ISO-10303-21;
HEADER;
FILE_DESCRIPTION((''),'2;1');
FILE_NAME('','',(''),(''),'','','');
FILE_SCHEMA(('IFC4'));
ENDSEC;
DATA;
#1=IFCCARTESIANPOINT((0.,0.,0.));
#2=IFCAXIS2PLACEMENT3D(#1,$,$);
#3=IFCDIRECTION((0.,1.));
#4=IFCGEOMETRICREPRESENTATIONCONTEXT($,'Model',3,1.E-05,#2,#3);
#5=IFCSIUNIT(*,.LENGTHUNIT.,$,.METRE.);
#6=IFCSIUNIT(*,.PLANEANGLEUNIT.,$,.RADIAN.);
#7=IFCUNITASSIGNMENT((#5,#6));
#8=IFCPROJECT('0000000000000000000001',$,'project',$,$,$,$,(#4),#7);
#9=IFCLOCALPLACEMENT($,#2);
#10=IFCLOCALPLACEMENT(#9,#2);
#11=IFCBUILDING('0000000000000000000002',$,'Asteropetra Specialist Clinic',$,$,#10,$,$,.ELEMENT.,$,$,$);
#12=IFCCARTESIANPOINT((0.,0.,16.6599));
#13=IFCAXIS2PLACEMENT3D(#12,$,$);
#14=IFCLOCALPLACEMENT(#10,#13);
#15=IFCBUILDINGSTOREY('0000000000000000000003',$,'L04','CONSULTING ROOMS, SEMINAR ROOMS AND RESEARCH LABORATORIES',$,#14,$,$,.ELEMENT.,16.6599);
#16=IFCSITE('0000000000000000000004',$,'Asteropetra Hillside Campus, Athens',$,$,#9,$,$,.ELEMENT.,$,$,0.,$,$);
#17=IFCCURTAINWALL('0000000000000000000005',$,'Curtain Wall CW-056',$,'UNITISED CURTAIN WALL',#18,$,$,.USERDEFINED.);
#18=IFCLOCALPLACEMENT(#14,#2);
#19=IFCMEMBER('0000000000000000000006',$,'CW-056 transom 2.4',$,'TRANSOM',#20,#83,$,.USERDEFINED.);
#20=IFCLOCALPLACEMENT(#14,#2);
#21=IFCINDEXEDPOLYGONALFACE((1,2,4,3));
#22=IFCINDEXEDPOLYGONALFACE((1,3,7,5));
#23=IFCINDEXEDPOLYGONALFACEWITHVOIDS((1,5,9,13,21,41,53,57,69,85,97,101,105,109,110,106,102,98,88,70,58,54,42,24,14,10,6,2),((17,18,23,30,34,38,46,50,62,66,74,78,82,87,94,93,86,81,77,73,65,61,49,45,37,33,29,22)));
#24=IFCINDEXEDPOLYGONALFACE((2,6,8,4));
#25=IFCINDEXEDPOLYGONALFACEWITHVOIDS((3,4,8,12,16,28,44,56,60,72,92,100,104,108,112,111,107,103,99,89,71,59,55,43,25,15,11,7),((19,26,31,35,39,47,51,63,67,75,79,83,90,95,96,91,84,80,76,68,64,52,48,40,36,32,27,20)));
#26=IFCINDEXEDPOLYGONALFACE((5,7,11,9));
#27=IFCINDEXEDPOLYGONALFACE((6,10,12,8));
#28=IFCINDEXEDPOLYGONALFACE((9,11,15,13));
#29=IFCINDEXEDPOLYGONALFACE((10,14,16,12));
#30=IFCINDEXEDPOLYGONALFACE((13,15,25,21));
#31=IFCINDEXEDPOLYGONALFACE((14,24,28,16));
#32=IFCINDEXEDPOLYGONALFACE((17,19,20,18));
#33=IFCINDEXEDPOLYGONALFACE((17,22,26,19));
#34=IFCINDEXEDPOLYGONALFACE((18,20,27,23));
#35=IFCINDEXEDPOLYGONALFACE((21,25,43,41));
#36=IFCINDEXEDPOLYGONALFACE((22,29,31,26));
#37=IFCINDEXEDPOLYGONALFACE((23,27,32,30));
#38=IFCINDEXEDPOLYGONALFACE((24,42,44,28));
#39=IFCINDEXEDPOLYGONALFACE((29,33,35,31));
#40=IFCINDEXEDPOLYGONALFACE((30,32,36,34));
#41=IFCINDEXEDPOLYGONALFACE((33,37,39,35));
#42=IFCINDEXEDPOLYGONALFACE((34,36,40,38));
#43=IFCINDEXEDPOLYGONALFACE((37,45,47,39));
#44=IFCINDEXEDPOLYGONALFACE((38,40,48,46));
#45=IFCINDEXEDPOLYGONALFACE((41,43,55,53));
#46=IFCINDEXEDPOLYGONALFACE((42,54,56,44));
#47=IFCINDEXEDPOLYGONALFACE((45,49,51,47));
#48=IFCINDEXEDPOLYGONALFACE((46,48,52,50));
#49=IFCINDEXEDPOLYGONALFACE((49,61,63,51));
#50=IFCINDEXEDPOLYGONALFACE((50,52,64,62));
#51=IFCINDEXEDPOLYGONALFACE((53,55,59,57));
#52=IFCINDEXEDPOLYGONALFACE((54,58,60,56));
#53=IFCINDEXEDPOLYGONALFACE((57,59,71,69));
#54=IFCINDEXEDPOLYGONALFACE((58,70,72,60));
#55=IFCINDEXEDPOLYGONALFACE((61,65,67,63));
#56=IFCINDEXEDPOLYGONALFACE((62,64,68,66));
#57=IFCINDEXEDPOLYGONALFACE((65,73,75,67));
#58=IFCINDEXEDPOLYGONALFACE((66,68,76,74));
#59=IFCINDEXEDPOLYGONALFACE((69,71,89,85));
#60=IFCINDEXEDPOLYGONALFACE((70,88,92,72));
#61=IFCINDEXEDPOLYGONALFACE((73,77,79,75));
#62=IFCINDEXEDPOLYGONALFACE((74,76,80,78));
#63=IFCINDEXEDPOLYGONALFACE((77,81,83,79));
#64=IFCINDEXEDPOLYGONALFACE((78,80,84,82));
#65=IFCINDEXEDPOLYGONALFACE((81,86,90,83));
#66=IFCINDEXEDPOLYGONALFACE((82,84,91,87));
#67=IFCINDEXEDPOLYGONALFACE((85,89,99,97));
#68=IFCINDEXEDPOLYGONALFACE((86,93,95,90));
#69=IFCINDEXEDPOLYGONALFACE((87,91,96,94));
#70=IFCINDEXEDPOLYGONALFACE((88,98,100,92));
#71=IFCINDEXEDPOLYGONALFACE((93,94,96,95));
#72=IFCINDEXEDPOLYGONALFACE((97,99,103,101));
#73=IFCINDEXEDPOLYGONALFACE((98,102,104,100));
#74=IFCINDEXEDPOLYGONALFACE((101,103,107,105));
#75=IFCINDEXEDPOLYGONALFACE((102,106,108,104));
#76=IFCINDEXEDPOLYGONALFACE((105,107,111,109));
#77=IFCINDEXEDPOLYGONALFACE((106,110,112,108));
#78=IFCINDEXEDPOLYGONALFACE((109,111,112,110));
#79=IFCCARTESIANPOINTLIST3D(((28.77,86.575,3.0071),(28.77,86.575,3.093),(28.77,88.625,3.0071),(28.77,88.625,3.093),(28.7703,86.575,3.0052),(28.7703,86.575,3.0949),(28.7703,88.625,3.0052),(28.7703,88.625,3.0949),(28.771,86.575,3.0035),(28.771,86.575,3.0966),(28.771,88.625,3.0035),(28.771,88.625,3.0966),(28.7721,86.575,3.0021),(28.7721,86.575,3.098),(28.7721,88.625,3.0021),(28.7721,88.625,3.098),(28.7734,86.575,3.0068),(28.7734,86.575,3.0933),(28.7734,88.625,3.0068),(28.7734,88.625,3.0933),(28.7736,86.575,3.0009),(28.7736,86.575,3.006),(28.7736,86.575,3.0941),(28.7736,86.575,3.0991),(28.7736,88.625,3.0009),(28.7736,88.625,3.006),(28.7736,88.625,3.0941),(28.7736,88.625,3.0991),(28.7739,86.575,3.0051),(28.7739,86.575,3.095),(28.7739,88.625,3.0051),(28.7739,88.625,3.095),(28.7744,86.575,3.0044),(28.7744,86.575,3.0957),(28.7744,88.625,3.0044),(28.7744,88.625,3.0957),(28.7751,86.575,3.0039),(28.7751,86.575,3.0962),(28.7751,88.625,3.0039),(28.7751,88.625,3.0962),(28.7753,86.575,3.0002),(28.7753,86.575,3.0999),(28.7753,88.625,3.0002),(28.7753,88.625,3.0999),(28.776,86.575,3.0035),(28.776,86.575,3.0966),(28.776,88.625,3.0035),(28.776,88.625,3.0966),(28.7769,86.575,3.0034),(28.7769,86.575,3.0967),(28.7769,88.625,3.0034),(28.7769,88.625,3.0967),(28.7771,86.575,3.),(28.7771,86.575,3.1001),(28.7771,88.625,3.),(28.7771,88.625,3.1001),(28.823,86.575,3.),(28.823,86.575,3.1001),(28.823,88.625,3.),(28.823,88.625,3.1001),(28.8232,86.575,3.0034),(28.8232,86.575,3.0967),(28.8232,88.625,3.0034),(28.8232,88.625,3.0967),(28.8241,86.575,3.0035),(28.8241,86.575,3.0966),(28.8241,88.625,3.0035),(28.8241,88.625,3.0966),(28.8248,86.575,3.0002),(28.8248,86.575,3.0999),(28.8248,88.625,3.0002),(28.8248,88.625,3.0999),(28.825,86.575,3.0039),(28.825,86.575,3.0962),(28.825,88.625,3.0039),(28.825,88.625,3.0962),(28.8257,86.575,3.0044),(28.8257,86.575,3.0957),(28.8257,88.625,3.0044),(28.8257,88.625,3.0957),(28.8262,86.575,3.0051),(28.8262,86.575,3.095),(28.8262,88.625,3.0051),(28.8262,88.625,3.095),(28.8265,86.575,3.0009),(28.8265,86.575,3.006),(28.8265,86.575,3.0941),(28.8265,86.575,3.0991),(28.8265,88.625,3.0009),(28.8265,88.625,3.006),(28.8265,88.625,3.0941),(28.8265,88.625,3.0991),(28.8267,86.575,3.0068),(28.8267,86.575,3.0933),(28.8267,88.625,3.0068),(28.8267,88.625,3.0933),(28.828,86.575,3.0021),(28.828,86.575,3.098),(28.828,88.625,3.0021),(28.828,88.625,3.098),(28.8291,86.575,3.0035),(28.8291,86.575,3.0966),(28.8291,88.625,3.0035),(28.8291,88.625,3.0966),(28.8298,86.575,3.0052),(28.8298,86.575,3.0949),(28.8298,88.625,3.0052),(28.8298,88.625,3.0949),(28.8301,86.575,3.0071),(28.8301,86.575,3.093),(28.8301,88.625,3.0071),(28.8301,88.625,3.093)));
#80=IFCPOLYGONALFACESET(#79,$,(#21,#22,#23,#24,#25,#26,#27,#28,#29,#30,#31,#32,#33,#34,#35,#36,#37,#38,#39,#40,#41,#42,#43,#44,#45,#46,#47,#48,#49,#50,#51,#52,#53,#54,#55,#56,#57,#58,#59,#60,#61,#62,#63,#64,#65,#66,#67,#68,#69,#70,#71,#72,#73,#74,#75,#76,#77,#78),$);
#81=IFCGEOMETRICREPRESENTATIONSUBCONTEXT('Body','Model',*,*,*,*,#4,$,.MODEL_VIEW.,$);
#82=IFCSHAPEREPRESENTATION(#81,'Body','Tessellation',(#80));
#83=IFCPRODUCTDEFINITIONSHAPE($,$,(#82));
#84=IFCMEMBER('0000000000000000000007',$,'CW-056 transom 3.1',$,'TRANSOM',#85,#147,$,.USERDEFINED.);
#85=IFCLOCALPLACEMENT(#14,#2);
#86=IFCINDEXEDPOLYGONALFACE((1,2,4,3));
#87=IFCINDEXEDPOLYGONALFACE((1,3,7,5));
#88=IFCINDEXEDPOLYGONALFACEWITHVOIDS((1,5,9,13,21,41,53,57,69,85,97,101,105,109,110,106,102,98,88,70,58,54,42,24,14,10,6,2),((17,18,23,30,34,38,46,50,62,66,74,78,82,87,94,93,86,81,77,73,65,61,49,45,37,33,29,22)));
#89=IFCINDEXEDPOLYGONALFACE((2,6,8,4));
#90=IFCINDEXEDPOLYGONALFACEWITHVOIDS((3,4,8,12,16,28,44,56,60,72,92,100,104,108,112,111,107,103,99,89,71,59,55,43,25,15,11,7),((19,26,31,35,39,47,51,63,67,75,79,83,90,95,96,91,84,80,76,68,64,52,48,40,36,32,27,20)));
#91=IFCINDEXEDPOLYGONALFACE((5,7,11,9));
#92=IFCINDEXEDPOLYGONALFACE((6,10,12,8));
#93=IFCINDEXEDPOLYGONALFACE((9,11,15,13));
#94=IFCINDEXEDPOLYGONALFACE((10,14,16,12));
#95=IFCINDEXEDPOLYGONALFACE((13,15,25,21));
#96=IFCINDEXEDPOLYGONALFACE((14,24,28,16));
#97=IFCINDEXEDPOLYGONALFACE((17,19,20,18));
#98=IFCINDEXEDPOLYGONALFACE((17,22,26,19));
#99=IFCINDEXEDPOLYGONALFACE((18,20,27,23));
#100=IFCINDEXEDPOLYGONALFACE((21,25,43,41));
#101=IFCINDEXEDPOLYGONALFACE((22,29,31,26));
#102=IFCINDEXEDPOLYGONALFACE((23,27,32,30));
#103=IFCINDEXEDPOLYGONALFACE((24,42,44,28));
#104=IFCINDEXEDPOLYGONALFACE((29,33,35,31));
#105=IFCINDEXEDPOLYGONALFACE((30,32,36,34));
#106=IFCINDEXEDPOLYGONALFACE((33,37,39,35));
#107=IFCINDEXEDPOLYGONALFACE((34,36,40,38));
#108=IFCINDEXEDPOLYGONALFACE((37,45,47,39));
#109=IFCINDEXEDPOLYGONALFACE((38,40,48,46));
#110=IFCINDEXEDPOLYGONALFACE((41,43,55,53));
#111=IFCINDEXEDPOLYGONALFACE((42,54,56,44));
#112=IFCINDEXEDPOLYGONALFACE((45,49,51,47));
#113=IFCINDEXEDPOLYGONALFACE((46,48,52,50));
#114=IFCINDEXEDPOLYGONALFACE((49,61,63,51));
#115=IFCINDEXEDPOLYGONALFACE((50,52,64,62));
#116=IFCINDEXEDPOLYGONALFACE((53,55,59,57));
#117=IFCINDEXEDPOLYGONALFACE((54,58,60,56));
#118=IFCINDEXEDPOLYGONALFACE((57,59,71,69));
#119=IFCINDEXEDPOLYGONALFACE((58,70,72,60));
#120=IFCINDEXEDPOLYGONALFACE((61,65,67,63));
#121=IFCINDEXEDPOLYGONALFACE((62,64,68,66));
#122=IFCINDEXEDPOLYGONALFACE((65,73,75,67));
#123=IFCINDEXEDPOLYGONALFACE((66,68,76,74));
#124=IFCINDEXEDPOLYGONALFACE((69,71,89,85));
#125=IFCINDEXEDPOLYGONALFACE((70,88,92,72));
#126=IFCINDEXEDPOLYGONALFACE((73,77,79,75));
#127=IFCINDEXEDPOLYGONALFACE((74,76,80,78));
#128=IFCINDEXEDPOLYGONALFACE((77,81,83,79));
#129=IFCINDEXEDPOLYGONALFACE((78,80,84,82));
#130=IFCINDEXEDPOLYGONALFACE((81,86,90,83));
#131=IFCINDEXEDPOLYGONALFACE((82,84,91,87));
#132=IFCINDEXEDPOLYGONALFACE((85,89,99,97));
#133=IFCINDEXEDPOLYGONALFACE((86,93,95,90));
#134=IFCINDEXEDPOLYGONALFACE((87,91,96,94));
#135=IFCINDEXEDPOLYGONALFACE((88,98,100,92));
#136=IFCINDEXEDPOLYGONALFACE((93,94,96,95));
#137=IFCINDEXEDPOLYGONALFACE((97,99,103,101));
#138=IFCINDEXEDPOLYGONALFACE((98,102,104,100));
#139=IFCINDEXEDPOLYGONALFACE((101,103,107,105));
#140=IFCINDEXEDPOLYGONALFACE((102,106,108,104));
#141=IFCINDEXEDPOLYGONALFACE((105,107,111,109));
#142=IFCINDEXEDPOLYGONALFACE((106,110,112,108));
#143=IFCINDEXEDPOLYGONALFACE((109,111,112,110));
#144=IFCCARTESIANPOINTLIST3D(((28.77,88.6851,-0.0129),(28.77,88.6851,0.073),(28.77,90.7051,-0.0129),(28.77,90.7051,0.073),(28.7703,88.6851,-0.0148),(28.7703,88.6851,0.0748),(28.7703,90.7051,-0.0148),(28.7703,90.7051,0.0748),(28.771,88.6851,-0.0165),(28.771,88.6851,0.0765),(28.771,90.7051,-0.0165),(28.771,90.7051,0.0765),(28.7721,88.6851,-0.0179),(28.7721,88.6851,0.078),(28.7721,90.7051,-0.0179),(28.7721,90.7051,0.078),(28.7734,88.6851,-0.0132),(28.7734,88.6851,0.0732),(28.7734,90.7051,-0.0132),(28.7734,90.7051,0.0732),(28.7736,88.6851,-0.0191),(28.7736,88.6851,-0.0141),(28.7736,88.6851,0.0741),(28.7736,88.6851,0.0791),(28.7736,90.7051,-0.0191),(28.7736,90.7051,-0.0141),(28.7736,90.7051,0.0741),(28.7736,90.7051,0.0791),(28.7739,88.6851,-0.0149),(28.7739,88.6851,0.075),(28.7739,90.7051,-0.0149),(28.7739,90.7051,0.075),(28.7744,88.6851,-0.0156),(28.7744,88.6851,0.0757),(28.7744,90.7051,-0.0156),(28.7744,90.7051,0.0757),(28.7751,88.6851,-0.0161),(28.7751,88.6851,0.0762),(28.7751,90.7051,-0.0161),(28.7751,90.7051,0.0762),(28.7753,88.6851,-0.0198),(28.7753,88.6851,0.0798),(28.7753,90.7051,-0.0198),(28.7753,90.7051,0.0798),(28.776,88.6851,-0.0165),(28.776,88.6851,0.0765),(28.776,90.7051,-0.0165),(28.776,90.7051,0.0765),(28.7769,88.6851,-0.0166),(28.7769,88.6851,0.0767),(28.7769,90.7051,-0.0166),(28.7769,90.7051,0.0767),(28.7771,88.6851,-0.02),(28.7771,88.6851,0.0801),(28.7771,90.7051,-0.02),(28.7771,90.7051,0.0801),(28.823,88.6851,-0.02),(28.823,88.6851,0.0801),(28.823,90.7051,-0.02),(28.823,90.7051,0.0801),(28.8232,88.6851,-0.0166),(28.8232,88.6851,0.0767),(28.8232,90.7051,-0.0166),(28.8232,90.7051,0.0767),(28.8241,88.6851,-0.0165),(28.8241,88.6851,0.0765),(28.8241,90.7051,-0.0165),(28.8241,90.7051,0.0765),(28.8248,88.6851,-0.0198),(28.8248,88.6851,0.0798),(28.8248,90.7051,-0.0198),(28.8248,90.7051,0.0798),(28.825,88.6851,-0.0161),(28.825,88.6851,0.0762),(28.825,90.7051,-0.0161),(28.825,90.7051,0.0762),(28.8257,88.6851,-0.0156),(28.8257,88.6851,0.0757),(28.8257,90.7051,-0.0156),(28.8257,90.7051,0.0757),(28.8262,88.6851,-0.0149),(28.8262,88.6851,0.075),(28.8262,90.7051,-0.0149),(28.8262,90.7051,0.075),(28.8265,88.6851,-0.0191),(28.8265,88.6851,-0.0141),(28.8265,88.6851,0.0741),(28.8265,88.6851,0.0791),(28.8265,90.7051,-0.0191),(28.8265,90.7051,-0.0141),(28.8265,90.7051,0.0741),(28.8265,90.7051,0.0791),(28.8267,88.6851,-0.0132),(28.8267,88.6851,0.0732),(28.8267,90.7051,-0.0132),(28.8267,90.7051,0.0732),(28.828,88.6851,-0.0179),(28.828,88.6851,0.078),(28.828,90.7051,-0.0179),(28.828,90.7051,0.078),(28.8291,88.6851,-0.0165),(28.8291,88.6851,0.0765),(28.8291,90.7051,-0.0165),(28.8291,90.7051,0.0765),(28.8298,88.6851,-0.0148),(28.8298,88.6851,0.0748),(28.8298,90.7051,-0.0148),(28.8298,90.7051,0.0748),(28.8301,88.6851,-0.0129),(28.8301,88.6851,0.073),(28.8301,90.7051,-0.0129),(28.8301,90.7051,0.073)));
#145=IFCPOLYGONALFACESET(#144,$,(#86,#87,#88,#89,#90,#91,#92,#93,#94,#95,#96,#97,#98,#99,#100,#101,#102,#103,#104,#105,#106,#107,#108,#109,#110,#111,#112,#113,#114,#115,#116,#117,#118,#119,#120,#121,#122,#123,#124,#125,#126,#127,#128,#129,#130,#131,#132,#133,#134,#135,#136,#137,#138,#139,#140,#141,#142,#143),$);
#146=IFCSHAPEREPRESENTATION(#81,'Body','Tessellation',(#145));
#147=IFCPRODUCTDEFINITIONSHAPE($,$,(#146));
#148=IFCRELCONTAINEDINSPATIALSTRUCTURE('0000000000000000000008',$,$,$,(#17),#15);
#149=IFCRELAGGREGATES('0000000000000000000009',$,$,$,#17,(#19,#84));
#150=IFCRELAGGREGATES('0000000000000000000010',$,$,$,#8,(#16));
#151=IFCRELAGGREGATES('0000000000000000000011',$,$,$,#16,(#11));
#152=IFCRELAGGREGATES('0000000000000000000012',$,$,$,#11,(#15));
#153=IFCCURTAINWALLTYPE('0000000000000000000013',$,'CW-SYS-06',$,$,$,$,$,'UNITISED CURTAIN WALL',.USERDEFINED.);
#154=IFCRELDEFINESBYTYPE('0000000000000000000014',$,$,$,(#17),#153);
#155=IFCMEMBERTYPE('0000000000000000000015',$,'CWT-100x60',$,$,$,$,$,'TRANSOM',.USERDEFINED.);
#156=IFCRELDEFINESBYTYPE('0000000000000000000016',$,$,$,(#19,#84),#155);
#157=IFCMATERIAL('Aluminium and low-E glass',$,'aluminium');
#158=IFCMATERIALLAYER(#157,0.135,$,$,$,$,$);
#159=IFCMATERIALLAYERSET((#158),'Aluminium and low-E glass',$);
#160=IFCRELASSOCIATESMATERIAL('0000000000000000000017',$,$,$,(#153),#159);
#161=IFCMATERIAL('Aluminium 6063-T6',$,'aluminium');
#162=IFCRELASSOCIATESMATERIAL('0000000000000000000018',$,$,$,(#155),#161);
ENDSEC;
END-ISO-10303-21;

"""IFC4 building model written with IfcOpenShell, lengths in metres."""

from ifc_helpers import new_model, si_unit, direction, frame, origin, origin_2d, place, context, subcontext, project, spatial, hollow_rectangle, extrude, material, layer, layer_set, material_profile, profile_set, type_object, element, aggregate, save


model = new_model("IFC4")

# Units and contexts
model_context = context("Model", 3, precision=1e-05, world=origin(), true_north=direction((0.0, 1.0)))
body_context = subcontext(model_context, "Body", "Model", "MODEL_VIEW")
ifc_project = project(units=[si_unit("LENGTHUNIT", "METRE"), si_unit("PLANEANGLEUNIT", "RADIAN")], contexts=[model_context])

# Site, building, storey
site_placement = place(None, origin())
site = spatial("IfcSite", under=ifc_project, at=site_placement, Name="Asteropetra Hillside Campus, Athens", CompositionType="ELEMENT", RefElevation=0.0)
building_placement = place(site_placement, origin())
building = spatial("IfcBuilding", under=site, at=building_placement, Name="Asteropetra Specialist Clinic", CompositionType="ELEMENT")
storey_placement = place(building_placement, frame((0.0, 0.0, 16.6599)))
storey = spatial("IfcBuildingStorey", under=building, at=storey_placement, Name="L04", Description="CONSULTING ROOMS, SEMINAR ROOMS AND RESEARCH LABORATORIES", CompositionType="ELEMENT", Elevation=16.6599)

# Curtain wall, members
ifc_material_1 = material(Name="Aluminium and low-E glass", Category="aluminium")
ifc_layer_1 = layer(ifc_material_1, 0.135)
ifc_layer_set_1 = layer_set([ifc_layer_1], Name="Aluminium and low-E glass")
curtain_wall_type = type_object("IfcCurtainWallType", Name="CW-SYS-06", ElementType="UNITISED CURTAIN WALL", PredefinedType="USERDEFINED", material=ifc_layer_set_1)
curtain_wall_placement = place(storey_placement, origin())
curtain_wall = element("IfcCurtainWall", 1, at=curtain_wall_placement, inside=storey, type_object=curtain_wall_type, Name="Curtain Wall CW-056", ObjectType="UNITISED CURTAIN WALL", PredefinedType="USERDEFINED")
ifc_material_2 = material(Name="Aluminium 6063-T6", Category="aluminium")
ifc_material_profile_1 = material_profile(ifc_material_2, hollow_rectangle(XDim=0.0601, YDim=0.1001, WallThickness=0.0034, InnerFilletRadius=0.0034, OuterFilletRadius=0.0071, at=origin_2d()), Name="TRN 100x60x3.5")
ifc_profile_set_1 = profile_set([ifc_material_profile_1], Name="Aluminium 6063-T6")
member_type_1 = type_object("IfcMemberType", Name="CWT-100x60", ElementType="TRANSOM", PredefinedType="USERDEFINED", material=ifc_profile_set_1)
member_1_placement = place(storey_placement, frame((28.8, 86.575, 3.05), z_axis=(0.0, 1.0, 0.0), x_axis=(-1.0, 0.0, 0.0)))
member_1 = element("IfcMember", 2, at=member_1_placement, type_object=member_type_1, Name="CW-056 transom 2.4", ObjectType="TRANSOM", PredefinedType="USERDEFINED", context=body_context, shape_type="SweptSolid", body=[
    extrude(hollow_rectangle(XDim=0.0601, YDim=0.1001, WallThickness=0.0034, InnerFilletRadius=0.0034, OuterFilletRadius=0.0071, at=origin_2d()), origin(), (0.0, 0.0, 1.0), 2.05),
])
member_2_placement = place(storey_placement, frame((28.8, 88.6851, 0.03), z_axis=(0.0, 1.0, 0.0), x_axis=(-1.0, 0.0, 0.0)))
member_2 = element("IfcMember", 3, at=member_2_placement, type_object=member_type_1, Name="CW-056 transom 3.1", ObjectType="TRANSOM", PredefinedType="USERDEFINED", context=body_context, shape_type="SweptSolid", body=[
    extrude(hollow_rectangle(XDim=0.0601, YDim=0.1001, WallThickness=0.0034, InnerFilletRadius=0.0034, OuterFilletRadius=0.0071, at=origin_2d()), origin(), (0.0, 0.0, 1.0), 2.02),
])

aggregate(curtain_wall, [member_1, member_2])

save(model, "model.ifc")
